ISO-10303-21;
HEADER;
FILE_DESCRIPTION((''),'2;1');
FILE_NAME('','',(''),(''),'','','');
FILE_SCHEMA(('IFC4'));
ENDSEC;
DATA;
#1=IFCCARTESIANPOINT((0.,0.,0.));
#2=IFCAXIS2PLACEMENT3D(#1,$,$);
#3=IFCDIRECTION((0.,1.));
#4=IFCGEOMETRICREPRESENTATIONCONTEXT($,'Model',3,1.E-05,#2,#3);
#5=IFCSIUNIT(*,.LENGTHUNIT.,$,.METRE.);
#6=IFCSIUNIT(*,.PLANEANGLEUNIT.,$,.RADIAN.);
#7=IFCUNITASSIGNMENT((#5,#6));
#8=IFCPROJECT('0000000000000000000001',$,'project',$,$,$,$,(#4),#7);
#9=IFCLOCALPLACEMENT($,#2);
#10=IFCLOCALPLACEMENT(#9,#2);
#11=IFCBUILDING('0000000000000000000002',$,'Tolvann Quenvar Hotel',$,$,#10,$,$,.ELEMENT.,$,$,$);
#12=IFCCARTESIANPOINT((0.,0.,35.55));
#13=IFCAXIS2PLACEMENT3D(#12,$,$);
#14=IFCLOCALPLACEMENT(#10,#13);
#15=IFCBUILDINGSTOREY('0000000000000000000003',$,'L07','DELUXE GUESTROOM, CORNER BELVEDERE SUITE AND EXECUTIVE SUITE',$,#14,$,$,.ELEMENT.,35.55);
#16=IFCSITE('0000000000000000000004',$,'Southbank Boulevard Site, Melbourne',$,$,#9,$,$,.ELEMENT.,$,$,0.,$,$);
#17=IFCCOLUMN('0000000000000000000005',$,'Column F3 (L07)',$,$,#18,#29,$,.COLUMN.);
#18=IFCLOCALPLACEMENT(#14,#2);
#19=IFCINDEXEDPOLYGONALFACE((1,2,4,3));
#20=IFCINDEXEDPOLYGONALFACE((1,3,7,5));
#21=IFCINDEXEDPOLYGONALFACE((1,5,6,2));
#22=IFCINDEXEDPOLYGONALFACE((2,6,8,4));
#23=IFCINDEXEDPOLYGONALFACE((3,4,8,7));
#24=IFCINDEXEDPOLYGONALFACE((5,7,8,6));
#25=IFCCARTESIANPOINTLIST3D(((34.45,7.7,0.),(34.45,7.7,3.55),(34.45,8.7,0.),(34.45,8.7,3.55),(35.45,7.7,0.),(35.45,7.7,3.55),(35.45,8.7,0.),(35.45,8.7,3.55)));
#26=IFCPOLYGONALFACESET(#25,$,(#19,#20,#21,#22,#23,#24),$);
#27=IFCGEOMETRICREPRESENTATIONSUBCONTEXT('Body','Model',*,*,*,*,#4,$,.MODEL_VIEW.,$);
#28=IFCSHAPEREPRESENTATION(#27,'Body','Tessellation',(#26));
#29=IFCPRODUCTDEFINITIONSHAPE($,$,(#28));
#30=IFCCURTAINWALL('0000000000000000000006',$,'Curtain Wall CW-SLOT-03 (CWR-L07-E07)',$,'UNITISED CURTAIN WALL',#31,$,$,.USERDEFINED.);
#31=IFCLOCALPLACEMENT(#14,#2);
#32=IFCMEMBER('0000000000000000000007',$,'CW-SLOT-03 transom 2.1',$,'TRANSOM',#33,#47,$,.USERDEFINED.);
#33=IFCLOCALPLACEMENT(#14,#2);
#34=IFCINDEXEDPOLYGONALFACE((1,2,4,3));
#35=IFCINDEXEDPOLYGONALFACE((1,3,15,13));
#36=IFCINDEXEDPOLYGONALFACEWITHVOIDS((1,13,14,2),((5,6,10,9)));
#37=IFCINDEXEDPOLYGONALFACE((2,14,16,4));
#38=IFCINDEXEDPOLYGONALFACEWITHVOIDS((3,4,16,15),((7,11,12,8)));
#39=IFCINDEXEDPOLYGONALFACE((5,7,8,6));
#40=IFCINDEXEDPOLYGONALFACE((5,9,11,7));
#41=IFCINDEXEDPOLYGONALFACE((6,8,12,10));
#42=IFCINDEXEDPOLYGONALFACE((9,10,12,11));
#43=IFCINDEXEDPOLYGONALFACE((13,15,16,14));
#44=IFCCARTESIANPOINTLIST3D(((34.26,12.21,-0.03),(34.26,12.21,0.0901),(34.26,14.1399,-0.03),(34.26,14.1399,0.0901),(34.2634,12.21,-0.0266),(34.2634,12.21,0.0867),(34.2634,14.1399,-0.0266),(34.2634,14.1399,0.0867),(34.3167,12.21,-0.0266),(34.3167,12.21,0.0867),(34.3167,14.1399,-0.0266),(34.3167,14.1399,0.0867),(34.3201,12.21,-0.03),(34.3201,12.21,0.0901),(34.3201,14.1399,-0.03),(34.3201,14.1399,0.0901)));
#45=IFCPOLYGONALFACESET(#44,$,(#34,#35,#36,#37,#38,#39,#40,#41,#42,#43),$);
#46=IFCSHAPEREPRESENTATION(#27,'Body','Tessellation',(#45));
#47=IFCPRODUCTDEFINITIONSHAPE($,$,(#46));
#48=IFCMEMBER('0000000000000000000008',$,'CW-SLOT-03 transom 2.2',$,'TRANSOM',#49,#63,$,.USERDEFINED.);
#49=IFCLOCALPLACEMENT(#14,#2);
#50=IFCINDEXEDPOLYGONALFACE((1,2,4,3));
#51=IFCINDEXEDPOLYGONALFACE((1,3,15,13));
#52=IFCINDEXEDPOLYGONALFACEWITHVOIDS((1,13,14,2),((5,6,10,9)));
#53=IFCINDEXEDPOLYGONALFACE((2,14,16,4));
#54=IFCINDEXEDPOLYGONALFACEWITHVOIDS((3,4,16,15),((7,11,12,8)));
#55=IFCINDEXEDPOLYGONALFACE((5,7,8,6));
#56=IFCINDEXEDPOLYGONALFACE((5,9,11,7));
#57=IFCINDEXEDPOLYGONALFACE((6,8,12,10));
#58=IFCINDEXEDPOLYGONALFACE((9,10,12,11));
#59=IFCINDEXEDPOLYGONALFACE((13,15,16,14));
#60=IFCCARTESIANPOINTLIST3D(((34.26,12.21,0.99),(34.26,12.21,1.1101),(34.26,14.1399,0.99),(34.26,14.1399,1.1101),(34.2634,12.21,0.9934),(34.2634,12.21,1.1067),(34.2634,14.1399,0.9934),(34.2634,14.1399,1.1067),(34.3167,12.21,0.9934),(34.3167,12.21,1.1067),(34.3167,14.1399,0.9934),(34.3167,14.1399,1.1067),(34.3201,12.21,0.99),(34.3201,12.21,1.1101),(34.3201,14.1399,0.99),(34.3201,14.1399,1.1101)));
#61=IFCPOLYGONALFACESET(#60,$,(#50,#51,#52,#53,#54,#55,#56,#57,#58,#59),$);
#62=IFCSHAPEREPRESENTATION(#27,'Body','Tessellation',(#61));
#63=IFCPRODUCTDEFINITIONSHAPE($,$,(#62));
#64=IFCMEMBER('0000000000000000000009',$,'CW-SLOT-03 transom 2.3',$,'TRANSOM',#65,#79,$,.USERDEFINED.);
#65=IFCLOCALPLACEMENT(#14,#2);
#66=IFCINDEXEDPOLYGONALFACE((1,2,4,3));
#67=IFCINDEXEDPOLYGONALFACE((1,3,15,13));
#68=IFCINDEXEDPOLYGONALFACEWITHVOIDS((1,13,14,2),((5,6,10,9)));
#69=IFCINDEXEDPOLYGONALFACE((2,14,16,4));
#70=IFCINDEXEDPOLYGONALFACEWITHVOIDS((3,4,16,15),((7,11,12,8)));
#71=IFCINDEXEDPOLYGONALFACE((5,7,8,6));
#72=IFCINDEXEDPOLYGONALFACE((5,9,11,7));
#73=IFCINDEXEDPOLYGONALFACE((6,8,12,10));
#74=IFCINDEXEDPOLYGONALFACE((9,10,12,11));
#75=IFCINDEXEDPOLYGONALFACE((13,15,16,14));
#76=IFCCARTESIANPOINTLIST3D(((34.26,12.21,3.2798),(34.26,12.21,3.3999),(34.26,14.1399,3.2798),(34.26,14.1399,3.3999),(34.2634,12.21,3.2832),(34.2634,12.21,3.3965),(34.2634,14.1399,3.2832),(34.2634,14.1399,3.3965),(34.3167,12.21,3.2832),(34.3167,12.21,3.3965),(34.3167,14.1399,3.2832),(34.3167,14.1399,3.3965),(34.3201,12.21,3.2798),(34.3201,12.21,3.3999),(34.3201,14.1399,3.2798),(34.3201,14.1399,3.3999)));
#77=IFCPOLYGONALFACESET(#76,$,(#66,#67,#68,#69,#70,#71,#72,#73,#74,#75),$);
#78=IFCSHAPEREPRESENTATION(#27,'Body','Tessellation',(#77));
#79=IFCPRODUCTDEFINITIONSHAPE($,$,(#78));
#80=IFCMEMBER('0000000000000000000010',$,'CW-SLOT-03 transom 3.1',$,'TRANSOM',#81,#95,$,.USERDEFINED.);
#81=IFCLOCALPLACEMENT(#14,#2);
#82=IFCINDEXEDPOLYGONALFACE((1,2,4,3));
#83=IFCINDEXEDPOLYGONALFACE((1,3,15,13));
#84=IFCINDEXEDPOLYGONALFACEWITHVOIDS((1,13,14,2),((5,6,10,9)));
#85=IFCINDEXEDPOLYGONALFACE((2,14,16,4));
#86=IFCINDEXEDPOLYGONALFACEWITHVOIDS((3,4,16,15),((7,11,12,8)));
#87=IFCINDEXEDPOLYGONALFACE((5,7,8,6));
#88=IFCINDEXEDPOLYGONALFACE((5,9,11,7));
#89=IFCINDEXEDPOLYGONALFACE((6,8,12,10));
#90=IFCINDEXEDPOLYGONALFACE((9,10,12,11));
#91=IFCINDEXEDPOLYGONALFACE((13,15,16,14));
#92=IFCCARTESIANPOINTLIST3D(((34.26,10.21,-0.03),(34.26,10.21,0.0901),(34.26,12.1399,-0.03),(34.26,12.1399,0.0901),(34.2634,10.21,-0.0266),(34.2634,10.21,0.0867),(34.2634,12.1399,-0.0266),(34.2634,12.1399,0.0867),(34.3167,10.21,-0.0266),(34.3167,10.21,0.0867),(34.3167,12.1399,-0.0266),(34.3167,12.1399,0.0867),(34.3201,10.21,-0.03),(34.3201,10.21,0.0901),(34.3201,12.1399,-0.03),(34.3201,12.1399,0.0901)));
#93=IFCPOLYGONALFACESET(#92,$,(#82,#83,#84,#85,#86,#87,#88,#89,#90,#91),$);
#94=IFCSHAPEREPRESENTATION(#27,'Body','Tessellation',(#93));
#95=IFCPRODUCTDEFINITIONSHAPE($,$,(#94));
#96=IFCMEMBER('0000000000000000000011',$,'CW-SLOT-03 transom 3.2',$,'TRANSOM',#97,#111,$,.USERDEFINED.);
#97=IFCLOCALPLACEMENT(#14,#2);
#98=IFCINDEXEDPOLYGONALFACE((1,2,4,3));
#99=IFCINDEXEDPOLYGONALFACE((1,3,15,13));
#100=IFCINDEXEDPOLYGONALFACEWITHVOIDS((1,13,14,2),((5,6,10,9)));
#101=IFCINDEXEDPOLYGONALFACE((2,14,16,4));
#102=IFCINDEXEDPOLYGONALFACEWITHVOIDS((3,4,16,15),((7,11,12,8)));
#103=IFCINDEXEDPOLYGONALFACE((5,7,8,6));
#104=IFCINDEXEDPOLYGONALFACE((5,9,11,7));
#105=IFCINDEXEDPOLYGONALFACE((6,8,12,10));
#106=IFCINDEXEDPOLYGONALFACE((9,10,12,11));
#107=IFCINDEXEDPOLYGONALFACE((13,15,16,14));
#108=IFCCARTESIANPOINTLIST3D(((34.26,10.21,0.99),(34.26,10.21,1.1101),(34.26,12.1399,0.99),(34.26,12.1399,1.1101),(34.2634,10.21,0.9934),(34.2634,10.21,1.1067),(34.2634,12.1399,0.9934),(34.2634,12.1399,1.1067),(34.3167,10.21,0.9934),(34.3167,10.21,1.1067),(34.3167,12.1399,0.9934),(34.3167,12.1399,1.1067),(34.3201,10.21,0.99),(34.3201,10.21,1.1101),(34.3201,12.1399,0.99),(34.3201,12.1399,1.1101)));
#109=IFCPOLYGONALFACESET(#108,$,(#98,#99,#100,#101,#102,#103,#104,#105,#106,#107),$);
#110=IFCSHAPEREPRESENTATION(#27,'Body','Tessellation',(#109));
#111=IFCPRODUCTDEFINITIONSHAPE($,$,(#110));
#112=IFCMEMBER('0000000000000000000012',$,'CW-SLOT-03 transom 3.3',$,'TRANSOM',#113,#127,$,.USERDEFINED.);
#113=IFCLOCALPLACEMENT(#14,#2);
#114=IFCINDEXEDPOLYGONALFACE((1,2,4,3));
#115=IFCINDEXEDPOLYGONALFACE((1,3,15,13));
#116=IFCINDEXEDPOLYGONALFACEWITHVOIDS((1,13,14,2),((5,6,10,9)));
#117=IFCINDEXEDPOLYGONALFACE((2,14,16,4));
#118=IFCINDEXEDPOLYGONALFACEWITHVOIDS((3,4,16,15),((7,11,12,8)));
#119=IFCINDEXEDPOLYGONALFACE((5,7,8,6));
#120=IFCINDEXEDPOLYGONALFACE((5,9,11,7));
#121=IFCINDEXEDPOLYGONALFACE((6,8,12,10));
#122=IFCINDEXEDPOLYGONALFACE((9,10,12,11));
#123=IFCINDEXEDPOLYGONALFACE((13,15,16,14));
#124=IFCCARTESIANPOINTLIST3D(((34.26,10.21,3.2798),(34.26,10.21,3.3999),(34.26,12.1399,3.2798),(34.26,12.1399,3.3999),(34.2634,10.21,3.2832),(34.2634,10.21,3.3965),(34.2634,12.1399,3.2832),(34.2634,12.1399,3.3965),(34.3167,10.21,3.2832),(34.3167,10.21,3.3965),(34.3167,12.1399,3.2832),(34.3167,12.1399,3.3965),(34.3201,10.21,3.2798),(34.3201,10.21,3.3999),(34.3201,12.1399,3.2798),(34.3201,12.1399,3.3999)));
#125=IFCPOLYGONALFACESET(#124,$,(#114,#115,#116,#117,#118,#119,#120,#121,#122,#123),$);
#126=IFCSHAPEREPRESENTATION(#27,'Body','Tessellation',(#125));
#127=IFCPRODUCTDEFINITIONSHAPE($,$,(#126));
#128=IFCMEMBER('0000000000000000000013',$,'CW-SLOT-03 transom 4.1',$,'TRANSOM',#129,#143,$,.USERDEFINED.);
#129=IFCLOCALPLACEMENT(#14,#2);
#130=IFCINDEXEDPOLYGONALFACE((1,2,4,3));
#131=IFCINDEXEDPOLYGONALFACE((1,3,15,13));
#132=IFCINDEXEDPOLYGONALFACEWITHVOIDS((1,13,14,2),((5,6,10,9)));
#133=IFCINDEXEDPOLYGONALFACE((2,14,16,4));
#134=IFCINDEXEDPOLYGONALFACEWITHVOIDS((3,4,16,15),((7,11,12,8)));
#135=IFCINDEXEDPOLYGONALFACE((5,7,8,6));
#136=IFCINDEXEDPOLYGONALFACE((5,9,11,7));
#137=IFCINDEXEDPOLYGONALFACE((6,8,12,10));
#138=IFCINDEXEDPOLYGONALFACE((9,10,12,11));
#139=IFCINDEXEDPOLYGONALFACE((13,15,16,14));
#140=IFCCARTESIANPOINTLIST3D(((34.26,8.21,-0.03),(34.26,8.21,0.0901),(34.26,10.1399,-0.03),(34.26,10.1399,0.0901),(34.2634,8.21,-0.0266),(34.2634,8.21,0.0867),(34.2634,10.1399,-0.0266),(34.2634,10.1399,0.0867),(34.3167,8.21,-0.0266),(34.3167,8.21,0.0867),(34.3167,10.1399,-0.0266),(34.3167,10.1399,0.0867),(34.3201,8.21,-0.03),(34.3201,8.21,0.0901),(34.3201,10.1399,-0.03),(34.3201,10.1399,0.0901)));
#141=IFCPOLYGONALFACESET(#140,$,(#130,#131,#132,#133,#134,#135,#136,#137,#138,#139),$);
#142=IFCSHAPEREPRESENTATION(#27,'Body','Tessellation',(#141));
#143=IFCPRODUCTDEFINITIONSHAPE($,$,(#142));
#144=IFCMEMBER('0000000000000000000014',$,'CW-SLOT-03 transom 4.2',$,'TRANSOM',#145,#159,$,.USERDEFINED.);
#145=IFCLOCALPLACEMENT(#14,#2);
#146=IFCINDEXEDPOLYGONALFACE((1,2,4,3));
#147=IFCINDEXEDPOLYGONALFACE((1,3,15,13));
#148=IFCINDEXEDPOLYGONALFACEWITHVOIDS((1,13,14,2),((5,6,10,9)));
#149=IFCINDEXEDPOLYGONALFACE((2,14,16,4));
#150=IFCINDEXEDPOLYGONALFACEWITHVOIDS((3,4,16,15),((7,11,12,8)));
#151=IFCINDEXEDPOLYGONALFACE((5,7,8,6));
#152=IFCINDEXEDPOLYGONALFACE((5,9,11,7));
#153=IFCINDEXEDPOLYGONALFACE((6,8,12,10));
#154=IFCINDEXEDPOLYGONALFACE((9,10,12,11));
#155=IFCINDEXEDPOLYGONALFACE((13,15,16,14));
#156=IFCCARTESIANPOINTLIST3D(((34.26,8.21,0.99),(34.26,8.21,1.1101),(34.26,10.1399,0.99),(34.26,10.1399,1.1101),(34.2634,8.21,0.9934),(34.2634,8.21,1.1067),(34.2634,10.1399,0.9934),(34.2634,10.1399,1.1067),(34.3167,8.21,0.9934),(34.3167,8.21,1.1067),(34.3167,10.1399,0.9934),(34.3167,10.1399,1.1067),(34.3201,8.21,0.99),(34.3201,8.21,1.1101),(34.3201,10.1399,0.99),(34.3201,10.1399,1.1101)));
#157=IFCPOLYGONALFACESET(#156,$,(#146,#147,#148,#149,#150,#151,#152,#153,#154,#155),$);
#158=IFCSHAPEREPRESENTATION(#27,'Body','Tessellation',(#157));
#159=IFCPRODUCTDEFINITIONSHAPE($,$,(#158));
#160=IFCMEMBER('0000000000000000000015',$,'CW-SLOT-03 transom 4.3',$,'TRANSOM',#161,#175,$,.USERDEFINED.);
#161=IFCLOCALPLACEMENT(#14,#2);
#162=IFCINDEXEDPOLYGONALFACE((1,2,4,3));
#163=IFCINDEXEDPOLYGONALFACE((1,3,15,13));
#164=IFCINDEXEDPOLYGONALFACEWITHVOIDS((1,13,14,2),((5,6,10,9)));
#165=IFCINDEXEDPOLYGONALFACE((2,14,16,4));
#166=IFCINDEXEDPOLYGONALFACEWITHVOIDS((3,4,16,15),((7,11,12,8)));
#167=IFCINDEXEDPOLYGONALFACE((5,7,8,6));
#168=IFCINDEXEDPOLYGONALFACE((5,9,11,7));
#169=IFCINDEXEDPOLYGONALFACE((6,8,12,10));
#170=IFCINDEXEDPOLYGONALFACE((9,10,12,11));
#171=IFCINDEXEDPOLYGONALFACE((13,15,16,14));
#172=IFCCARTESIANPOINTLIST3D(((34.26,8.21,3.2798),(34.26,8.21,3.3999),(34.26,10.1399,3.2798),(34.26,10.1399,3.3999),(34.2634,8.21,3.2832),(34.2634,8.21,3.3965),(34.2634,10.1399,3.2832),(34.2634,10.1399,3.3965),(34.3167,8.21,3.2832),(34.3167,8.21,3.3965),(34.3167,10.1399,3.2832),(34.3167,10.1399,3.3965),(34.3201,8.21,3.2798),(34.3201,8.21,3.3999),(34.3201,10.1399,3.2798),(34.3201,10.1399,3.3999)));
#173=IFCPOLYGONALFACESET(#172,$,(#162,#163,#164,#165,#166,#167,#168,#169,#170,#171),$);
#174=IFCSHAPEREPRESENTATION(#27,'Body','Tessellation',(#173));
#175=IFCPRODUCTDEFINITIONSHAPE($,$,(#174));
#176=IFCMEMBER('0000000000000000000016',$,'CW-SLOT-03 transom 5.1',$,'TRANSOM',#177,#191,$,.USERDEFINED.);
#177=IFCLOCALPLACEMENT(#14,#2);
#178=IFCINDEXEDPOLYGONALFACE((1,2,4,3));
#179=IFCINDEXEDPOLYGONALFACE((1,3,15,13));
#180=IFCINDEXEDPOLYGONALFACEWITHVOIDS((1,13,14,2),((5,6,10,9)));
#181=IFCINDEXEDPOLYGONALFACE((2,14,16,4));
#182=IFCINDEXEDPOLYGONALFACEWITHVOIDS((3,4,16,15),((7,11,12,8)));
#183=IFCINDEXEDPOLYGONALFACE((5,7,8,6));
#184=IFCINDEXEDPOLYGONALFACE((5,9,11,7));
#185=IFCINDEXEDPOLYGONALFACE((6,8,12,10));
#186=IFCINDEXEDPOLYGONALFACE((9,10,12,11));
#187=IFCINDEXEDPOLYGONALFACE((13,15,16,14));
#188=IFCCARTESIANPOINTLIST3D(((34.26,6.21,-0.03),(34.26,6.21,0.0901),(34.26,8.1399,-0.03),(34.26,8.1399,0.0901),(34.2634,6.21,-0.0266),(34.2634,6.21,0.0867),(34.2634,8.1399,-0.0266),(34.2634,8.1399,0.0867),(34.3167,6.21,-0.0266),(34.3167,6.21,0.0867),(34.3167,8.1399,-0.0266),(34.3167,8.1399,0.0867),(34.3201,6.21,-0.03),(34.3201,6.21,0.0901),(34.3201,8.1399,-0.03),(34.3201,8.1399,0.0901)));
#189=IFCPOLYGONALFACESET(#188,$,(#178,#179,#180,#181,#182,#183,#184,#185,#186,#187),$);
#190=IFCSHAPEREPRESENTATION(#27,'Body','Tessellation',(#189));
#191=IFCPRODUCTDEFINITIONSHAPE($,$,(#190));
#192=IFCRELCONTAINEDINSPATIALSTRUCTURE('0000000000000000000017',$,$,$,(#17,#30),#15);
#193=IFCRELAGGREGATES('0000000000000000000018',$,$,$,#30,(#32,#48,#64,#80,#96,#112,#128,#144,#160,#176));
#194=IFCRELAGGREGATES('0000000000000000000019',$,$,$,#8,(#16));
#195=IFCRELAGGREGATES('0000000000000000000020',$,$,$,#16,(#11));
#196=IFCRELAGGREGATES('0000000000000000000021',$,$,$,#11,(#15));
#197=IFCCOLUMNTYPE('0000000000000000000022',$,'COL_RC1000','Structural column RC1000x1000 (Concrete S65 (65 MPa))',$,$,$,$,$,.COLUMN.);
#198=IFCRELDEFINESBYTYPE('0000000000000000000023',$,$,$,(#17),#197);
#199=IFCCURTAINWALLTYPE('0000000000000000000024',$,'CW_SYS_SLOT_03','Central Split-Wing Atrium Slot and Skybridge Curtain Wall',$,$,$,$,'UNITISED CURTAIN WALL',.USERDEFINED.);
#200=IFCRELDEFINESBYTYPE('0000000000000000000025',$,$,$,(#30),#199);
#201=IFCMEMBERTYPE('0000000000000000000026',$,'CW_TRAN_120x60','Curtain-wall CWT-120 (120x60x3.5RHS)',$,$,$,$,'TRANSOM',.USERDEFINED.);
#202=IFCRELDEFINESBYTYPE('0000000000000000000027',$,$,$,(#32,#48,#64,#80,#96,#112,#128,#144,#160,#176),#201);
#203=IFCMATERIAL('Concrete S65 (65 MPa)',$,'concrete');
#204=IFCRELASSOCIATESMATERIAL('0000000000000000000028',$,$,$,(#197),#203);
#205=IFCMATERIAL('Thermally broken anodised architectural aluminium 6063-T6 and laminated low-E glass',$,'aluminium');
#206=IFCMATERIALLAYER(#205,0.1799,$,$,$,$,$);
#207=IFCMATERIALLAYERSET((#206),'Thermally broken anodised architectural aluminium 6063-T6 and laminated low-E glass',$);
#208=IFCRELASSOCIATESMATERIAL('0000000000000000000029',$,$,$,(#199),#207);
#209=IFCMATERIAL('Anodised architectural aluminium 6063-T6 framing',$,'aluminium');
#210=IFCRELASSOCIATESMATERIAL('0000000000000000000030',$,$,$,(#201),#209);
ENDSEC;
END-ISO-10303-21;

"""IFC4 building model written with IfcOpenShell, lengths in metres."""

from ifc_helpers import new_model, si_unit, direction, frame, origin, origin_2d, place, context, subcontext, project, spatial, rectangle, hollow_rectangle, extrude, source, transform, mapped, material, layer, layer_set, material_profile, profile_set, type_object, type_shapes, element, aggregate, save


model = new_model("IFC4")

# Units and contexts
model_context = context("Model", 3, precision=1e-05, world=origin(), true_north=direction((0.0, 1.0)))
body_context = subcontext(model_context, "Body", "Model", "MODEL_VIEW")
ifc_project = project(units=[si_unit("LENGTHUNIT", "METRE"), si_unit("PLANEANGLEUNIT", "RADIAN")], contexts=[model_context])

# Site, building, storey
site_placement = place(None, origin())
site = spatial("IfcSite", under=ifc_project, at=site_placement, Name="Southbank Boulevard Site, Melbourne", CompositionType="ELEMENT", RefElevation=0.0)
building_placement = place(site_placement, origin())
building = spatial("IfcBuilding", under=site, at=building_placement, Name="Tolvann Quenvar Hotel", CompositionType="ELEMENT")
storey_placement = place(building_placement, frame((0.0, 0.0, 35.55)))
storey = spatial("IfcBuildingStorey", under=building, at=storey_placement, Name="L07", Description="DELUXE GUESTROOM, CORNER BELVEDERE SUITE AND EXECUTIVE SUITE", CompositionType="ELEMENT", Elevation=35.55)

# Column
ifc_material_1 = material(Name="Concrete S65 (65 MPa)", Category="concrete")
ifc_material_profile_1 = material_profile(ifc_material_1, rectangle(XDim=1.0, YDim=1.0, at=origin_2d()), Name="RC1000x1000")
ifc_profile_set_1 = profile_set([ifc_material_profile_1], Name="Concrete S65 (65 MPa)")
column_type = type_object("IfcColumnType", Name="COL_RC1000", Description="Structural column RC1000x1000 (Concrete S65 (65 MPa))", PredefinedType="COLUMN", material=ifc_profile_set_1)
shared_shape_1 = source(origin(), body_context, "Body", "SweptSolid", [
    extrude(rectangle(XDim=1.0, YDim=1.0, at=origin_2d()), origin(), (0.0, 0.0, 1.0), 3.55),
])
type_shapes(column_type, [shared_shape_1])
column_placement = place(storey_placement, frame((34.95, 8.2, 0.0), z_axis=(0.0, 0.0, 1.0), x_axis=(1.0, 0.0, 0.0)))
element("IfcColumn", 1, at=column_placement, inside=storey, type_object=column_type, Name="Column F3 (L07)", PredefinedType="COLUMN", context=body_context, shape_type="MappedRepresentation", body=[
    mapped(shared_shape_1, transform((0.0, 0.0, 0.0), x_axis=(1.0, 0.0, 0.0), y_axis=(0.0, 1.0, 0.0), z_axis=(0.0, 0.0, 1.0), scale=1.0)),
])

# Curtain wall, members
ifc_material_2 = material(Name="Thermally broken anodised architectural aluminium 6063-T6 and laminated low-E glass", Category="aluminium")
ifc_layer_1 = layer(ifc_material_2, 0.1799)
ifc_layer_set_1 = layer_set([ifc_layer_1], Name="Thermally broken anodised architectural aluminium 6063-T6 and laminated low-E glass")
curtain_wall_type = type_object("IfcCurtainWallType", Name="CW_SYS_SLOT_03", Description="Central Split-Wing Atrium Slot and Skybridge Curtain Wall", ElementType="UNITISED CURTAIN WALL", PredefinedType="USERDEFINED", material=ifc_layer_set_1)
curtain_wall_placement = place(storey_placement, origin())
curtain_wall = element("IfcCurtainWall", 2, at=curtain_wall_placement, inside=storey, type_object=curtain_wall_type, Name="Curtain Wall CW-SLOT-03 (CWR-L07-E07)", ObjectType="UNITISED CURTAIN WALL", PredefinedType="USERDEFINED")
ifc_material_3 = material(Name="Anodised architectural aluminium 6063-T6 framing", Category="aluminium")
ifc_material_profile_2 = material_profile(ifc_material_3, hollow_rectangle(XDim=0.0601, YDim=0.1201, WallThickness=0.0034, at=origin_2d()), Name="120x60x3.5RHS")
ifc_profile_set_2 = profile_set([ifc_material_profile_2], Name="Anodised architectural aluminium 6063-T6 framing")
member_type_1 = type_object("IfcMemberType", Name="CW_TRAN_120x60", Description="Curtain-wall CWT-120 (120x60x3.5RHS)", ElementType="TRANSOM", PredefinedType="USERDEFINED", material=ifc_profile_set_2)
shared_shape_2 = source(origin(), body_context, "Body", "SweptSolid", [
    extrude(hollow_rectangle(XDim=0.0601, YDim=0.1201, WallThickness=0.0034, at=origin_2d()), origin(), (0.0, 0.0, 1.0), 1.9299),
])
type_shapes(member_type_1, [shared_shape_2])
member_1_placement = place(storey_placement, frame((34.29, 14.1399, 0.03), z_axis=(0.0, -1.0, 0.0), x_axis=(1.0, 0.0, 0.0)))
member_1 = element("IfcMember", 3, at=member_1_placement, type_object=member_type_1, Name="CW-SLOT-03 transom 2.1", ObjectType="TRANSOM", PredefinedType="USERDEFINED", context=body_context, shape_type="MappedRepresentation", body=[
    mapped(shared_shape_2, transform((0.0, 0.0, 0.0), x_axis=(1.0, 0.0, 0.0), y_axis=(0.0, 1.0, 0.0), z_axis=(0.0, 0.0, 1.0), scale=1.0)),
])
member_2_placement = place(storey_placement, frame((34.29, 14.1399, 1.05), z_axis=(0.0, -1.0, 0.0), x_axis=(1.0, 0.0, 0.0)))
member_2 = element("IfcMember", 4, at=member_2_placement, type_object=member_type_1, Name="CW-SLOT-03 transom 2.2", ObjectType="TRANSOM", PredefinedType="USERDEFINED", context=body_context, shape_type="MappedRepresentation", body=[
    mapped(shared_shape_2, transform((0.0, 0.0, 0.0), x_axis=(1.0, 0.0, 0.0), y_axis=(0.0, 1.0, 0.0), z_axis=(0.0, 0.0, 1.0), scale=1.0)),
])
member_3_placement = place(storey_placement, frame((34.29, 14.1399, 3.3398), z_axis=(0.0, -1.0, 0.0), x_axis=(1.0, 0.0, 0.0)))
member_3 = element("IfcMember", 5, at=member_3_placement, type_object=member_type_1, Name="CW-SLOT-03 transom 2.3", ObjectType="TRANSOM", PredefinedType="USERDEFINED", context=body_context, shape_type="MappedRepresentation", body=[
    mapped(shared_shape_2, transform((0.0, 0.0, 0.0), x_axis=(1.0, 0.0, 0.0), y_axis=(0.0, 1.0, 0.0), z_axis=(0.0, 0.0, 1.0), scale=1.0)),
])
member_4_placement = place(storey_placement, frame((34.29, 12.1399, 0.03), z_axis=(0.0, -1.0, 0.0), x_axis=(1.0, 0.0, 0.0)))
member_4 = element("IfcMember", 6, at=member_4_placement, type_object=member_type_1, Name="CW-SLOT-03 transom 3.1", ObjectType="TRANSOM", PredefinedType="USERDEFINED", context=body_context, shape_type="MappedRepresentation", body=[
    mapped(shared_shape_2, transform((0.0, 0.0, 0.0), x_axis=(1.0, 0.0, 0.0), y_axis=(0.0, 1.0, 0.0), z_axis=(0.0, 0.0, 1.0), scale=1.0)),
])
member_5_placement = place(storey_placement, frame((34.29, 12.1399, 1.05), z_axis=(0.0, -1.0, 0.0), x_axis=(1.0, 0.0, 0.0)))
member_5 = element("IfcMember", 7, at=member_5_placement, type_object=member_type_1, Name="CW-SLOT-03 transom 3.2", ObjectType="TRANSOM", PredefinedType="USERDEFINED", context=body_context, shape_type="MappedRepresentation", body=[
    mapped(shared_shape_2, transform((0.0, 0.0, 0.0), x_axis=(1.0, 0.0, 0.0), y_axis=(0.0, 1.0, 0.0), z_axis=(0.0, 0.0, 1.0), scale=1.0)),
])
member_6_placement = place(storey_placement, frame((34.29, 12.1399, 3.3398), z_axis=(0.0, -1.0, 0.0), x_axis=(1.0, 0.0, 0.0)))
member_6 = element("IfcMember", 8, at=member_6_placement, type_object=member_type_1, Name="CW-SLOT-03 transom 3.3", ObjectType="TRANSOM", PredefinedType="USERDEFINED", context=body_context, shape_type="MappedRepresentation", body=[
    mapped(shared_shape_2, transform((0.0, 0.0, 0.0), x_axis=(1.0, 0.0, 0.0), y_axis=(0.0, 1.0, 0.0), z_axis=(0.0, 0.0, 1.0), scale=1.0)),
])
member_7_placement = place(storey_placement, frame((34.29, 10.1399, 0.03), z_axis=(0.0, -1.0, 0.0), x_axis=(1.0, 0.0, 0.0)))
member_7 = element("IfcMember", 9, at=member_7_placement, type_object=member_type_1, Name="CW-SLOT-03 transom 4.1", ObjectType="TRANSOM", PredefinedType="USERDEFINED", context=body_context, shape_type="MappedRepresentation", body=[
    mapped(shared_shape_2, transform((0.0, 0.0, 0.0), x_axis=(1.0, 0.0, 0.0), y_axis=(0.0, 1.0, 0.0), z_axis=(0.0, 0.0, 1.0), scale=1.0)),
])
member_8_placement = place(storey_placement, frame((34.29, 10.1399, 1.05), z_axis=(0.0, -1.0, 0.0), x_axis=(1.0, 0.0, 0.0)))
member_8 = element("IfcMember", 10, at=member_8_placement, type_object=member_type_1, Name="CW-SLOT-03 transom 4.2", ObjectType="TRANSOM", PredefinedType="USERDEFINED", context=body_context, shape_type="MappedRepresentation", body=[
    mapped(shared_shape_2, transform((0.0, 0.0, 0.0), x_axis=(1.0, 0.0, 0.0), y_axis=(0.0, 1.0, 0.0), z_axis=(0.0, 0.0, 1.0), scale=1.0)),
])
member_9_placement = place(storey_placement, frame((34.29, 10.1399, 3.3398), z_axis=(0.0, -1.0, 0.0), x_axis=(1.0, 0.0, 0.0)))
member_9 = element("IfcMember", 11, at=member_9_placement, type_object=member_type_1, Name="CW-SLOT-03 transom 4.3", ObjectType="TRANSOM", PredefinedType="USERDEFINED", context=body_context, shape_type="MappedRepresentation", body=[
    mapped(shared_shape_2, transform((0.0, 0.0, 0.0), x_axis=(1.0, 0.0, 0.0), y_axis=(0.0, 1.0, 0.0), z_axis=(0.0, 0.0, 1.0), scale=1.0)),
])
member_10_placement = place(storey_placement, frame((34.29, 8.1399, 0.03), z_axis=(0.0, -1.0, 0.0), x_axis=(1.0, 0.0, 0.0)))
member_10 = element("IfcMember", 12, at=member_10_placement, type_object=member_type_1, Name="CW-SLOT-03 transom 5.1", ObjectType="TRANSOM", PredefinedType="USERDEFINED", context=body_context, shape_type="MappedRepresentation", body=[
    mapped(shared_shape_2, transform((0.0, 0.0, 0.0), x_axis=(1.0, 0.0, 0.0), y_axis=(0.0, 1.0, 0.0), z_axis=(0.0, 0.0, 1.0), scale=1.0)),
])
aggregate(curtain_wall, [member_1, member_2, member_3, member_4, member_5, member_6, member_7, member_8, member_9, member_10])

save(model, "model.ifc")
